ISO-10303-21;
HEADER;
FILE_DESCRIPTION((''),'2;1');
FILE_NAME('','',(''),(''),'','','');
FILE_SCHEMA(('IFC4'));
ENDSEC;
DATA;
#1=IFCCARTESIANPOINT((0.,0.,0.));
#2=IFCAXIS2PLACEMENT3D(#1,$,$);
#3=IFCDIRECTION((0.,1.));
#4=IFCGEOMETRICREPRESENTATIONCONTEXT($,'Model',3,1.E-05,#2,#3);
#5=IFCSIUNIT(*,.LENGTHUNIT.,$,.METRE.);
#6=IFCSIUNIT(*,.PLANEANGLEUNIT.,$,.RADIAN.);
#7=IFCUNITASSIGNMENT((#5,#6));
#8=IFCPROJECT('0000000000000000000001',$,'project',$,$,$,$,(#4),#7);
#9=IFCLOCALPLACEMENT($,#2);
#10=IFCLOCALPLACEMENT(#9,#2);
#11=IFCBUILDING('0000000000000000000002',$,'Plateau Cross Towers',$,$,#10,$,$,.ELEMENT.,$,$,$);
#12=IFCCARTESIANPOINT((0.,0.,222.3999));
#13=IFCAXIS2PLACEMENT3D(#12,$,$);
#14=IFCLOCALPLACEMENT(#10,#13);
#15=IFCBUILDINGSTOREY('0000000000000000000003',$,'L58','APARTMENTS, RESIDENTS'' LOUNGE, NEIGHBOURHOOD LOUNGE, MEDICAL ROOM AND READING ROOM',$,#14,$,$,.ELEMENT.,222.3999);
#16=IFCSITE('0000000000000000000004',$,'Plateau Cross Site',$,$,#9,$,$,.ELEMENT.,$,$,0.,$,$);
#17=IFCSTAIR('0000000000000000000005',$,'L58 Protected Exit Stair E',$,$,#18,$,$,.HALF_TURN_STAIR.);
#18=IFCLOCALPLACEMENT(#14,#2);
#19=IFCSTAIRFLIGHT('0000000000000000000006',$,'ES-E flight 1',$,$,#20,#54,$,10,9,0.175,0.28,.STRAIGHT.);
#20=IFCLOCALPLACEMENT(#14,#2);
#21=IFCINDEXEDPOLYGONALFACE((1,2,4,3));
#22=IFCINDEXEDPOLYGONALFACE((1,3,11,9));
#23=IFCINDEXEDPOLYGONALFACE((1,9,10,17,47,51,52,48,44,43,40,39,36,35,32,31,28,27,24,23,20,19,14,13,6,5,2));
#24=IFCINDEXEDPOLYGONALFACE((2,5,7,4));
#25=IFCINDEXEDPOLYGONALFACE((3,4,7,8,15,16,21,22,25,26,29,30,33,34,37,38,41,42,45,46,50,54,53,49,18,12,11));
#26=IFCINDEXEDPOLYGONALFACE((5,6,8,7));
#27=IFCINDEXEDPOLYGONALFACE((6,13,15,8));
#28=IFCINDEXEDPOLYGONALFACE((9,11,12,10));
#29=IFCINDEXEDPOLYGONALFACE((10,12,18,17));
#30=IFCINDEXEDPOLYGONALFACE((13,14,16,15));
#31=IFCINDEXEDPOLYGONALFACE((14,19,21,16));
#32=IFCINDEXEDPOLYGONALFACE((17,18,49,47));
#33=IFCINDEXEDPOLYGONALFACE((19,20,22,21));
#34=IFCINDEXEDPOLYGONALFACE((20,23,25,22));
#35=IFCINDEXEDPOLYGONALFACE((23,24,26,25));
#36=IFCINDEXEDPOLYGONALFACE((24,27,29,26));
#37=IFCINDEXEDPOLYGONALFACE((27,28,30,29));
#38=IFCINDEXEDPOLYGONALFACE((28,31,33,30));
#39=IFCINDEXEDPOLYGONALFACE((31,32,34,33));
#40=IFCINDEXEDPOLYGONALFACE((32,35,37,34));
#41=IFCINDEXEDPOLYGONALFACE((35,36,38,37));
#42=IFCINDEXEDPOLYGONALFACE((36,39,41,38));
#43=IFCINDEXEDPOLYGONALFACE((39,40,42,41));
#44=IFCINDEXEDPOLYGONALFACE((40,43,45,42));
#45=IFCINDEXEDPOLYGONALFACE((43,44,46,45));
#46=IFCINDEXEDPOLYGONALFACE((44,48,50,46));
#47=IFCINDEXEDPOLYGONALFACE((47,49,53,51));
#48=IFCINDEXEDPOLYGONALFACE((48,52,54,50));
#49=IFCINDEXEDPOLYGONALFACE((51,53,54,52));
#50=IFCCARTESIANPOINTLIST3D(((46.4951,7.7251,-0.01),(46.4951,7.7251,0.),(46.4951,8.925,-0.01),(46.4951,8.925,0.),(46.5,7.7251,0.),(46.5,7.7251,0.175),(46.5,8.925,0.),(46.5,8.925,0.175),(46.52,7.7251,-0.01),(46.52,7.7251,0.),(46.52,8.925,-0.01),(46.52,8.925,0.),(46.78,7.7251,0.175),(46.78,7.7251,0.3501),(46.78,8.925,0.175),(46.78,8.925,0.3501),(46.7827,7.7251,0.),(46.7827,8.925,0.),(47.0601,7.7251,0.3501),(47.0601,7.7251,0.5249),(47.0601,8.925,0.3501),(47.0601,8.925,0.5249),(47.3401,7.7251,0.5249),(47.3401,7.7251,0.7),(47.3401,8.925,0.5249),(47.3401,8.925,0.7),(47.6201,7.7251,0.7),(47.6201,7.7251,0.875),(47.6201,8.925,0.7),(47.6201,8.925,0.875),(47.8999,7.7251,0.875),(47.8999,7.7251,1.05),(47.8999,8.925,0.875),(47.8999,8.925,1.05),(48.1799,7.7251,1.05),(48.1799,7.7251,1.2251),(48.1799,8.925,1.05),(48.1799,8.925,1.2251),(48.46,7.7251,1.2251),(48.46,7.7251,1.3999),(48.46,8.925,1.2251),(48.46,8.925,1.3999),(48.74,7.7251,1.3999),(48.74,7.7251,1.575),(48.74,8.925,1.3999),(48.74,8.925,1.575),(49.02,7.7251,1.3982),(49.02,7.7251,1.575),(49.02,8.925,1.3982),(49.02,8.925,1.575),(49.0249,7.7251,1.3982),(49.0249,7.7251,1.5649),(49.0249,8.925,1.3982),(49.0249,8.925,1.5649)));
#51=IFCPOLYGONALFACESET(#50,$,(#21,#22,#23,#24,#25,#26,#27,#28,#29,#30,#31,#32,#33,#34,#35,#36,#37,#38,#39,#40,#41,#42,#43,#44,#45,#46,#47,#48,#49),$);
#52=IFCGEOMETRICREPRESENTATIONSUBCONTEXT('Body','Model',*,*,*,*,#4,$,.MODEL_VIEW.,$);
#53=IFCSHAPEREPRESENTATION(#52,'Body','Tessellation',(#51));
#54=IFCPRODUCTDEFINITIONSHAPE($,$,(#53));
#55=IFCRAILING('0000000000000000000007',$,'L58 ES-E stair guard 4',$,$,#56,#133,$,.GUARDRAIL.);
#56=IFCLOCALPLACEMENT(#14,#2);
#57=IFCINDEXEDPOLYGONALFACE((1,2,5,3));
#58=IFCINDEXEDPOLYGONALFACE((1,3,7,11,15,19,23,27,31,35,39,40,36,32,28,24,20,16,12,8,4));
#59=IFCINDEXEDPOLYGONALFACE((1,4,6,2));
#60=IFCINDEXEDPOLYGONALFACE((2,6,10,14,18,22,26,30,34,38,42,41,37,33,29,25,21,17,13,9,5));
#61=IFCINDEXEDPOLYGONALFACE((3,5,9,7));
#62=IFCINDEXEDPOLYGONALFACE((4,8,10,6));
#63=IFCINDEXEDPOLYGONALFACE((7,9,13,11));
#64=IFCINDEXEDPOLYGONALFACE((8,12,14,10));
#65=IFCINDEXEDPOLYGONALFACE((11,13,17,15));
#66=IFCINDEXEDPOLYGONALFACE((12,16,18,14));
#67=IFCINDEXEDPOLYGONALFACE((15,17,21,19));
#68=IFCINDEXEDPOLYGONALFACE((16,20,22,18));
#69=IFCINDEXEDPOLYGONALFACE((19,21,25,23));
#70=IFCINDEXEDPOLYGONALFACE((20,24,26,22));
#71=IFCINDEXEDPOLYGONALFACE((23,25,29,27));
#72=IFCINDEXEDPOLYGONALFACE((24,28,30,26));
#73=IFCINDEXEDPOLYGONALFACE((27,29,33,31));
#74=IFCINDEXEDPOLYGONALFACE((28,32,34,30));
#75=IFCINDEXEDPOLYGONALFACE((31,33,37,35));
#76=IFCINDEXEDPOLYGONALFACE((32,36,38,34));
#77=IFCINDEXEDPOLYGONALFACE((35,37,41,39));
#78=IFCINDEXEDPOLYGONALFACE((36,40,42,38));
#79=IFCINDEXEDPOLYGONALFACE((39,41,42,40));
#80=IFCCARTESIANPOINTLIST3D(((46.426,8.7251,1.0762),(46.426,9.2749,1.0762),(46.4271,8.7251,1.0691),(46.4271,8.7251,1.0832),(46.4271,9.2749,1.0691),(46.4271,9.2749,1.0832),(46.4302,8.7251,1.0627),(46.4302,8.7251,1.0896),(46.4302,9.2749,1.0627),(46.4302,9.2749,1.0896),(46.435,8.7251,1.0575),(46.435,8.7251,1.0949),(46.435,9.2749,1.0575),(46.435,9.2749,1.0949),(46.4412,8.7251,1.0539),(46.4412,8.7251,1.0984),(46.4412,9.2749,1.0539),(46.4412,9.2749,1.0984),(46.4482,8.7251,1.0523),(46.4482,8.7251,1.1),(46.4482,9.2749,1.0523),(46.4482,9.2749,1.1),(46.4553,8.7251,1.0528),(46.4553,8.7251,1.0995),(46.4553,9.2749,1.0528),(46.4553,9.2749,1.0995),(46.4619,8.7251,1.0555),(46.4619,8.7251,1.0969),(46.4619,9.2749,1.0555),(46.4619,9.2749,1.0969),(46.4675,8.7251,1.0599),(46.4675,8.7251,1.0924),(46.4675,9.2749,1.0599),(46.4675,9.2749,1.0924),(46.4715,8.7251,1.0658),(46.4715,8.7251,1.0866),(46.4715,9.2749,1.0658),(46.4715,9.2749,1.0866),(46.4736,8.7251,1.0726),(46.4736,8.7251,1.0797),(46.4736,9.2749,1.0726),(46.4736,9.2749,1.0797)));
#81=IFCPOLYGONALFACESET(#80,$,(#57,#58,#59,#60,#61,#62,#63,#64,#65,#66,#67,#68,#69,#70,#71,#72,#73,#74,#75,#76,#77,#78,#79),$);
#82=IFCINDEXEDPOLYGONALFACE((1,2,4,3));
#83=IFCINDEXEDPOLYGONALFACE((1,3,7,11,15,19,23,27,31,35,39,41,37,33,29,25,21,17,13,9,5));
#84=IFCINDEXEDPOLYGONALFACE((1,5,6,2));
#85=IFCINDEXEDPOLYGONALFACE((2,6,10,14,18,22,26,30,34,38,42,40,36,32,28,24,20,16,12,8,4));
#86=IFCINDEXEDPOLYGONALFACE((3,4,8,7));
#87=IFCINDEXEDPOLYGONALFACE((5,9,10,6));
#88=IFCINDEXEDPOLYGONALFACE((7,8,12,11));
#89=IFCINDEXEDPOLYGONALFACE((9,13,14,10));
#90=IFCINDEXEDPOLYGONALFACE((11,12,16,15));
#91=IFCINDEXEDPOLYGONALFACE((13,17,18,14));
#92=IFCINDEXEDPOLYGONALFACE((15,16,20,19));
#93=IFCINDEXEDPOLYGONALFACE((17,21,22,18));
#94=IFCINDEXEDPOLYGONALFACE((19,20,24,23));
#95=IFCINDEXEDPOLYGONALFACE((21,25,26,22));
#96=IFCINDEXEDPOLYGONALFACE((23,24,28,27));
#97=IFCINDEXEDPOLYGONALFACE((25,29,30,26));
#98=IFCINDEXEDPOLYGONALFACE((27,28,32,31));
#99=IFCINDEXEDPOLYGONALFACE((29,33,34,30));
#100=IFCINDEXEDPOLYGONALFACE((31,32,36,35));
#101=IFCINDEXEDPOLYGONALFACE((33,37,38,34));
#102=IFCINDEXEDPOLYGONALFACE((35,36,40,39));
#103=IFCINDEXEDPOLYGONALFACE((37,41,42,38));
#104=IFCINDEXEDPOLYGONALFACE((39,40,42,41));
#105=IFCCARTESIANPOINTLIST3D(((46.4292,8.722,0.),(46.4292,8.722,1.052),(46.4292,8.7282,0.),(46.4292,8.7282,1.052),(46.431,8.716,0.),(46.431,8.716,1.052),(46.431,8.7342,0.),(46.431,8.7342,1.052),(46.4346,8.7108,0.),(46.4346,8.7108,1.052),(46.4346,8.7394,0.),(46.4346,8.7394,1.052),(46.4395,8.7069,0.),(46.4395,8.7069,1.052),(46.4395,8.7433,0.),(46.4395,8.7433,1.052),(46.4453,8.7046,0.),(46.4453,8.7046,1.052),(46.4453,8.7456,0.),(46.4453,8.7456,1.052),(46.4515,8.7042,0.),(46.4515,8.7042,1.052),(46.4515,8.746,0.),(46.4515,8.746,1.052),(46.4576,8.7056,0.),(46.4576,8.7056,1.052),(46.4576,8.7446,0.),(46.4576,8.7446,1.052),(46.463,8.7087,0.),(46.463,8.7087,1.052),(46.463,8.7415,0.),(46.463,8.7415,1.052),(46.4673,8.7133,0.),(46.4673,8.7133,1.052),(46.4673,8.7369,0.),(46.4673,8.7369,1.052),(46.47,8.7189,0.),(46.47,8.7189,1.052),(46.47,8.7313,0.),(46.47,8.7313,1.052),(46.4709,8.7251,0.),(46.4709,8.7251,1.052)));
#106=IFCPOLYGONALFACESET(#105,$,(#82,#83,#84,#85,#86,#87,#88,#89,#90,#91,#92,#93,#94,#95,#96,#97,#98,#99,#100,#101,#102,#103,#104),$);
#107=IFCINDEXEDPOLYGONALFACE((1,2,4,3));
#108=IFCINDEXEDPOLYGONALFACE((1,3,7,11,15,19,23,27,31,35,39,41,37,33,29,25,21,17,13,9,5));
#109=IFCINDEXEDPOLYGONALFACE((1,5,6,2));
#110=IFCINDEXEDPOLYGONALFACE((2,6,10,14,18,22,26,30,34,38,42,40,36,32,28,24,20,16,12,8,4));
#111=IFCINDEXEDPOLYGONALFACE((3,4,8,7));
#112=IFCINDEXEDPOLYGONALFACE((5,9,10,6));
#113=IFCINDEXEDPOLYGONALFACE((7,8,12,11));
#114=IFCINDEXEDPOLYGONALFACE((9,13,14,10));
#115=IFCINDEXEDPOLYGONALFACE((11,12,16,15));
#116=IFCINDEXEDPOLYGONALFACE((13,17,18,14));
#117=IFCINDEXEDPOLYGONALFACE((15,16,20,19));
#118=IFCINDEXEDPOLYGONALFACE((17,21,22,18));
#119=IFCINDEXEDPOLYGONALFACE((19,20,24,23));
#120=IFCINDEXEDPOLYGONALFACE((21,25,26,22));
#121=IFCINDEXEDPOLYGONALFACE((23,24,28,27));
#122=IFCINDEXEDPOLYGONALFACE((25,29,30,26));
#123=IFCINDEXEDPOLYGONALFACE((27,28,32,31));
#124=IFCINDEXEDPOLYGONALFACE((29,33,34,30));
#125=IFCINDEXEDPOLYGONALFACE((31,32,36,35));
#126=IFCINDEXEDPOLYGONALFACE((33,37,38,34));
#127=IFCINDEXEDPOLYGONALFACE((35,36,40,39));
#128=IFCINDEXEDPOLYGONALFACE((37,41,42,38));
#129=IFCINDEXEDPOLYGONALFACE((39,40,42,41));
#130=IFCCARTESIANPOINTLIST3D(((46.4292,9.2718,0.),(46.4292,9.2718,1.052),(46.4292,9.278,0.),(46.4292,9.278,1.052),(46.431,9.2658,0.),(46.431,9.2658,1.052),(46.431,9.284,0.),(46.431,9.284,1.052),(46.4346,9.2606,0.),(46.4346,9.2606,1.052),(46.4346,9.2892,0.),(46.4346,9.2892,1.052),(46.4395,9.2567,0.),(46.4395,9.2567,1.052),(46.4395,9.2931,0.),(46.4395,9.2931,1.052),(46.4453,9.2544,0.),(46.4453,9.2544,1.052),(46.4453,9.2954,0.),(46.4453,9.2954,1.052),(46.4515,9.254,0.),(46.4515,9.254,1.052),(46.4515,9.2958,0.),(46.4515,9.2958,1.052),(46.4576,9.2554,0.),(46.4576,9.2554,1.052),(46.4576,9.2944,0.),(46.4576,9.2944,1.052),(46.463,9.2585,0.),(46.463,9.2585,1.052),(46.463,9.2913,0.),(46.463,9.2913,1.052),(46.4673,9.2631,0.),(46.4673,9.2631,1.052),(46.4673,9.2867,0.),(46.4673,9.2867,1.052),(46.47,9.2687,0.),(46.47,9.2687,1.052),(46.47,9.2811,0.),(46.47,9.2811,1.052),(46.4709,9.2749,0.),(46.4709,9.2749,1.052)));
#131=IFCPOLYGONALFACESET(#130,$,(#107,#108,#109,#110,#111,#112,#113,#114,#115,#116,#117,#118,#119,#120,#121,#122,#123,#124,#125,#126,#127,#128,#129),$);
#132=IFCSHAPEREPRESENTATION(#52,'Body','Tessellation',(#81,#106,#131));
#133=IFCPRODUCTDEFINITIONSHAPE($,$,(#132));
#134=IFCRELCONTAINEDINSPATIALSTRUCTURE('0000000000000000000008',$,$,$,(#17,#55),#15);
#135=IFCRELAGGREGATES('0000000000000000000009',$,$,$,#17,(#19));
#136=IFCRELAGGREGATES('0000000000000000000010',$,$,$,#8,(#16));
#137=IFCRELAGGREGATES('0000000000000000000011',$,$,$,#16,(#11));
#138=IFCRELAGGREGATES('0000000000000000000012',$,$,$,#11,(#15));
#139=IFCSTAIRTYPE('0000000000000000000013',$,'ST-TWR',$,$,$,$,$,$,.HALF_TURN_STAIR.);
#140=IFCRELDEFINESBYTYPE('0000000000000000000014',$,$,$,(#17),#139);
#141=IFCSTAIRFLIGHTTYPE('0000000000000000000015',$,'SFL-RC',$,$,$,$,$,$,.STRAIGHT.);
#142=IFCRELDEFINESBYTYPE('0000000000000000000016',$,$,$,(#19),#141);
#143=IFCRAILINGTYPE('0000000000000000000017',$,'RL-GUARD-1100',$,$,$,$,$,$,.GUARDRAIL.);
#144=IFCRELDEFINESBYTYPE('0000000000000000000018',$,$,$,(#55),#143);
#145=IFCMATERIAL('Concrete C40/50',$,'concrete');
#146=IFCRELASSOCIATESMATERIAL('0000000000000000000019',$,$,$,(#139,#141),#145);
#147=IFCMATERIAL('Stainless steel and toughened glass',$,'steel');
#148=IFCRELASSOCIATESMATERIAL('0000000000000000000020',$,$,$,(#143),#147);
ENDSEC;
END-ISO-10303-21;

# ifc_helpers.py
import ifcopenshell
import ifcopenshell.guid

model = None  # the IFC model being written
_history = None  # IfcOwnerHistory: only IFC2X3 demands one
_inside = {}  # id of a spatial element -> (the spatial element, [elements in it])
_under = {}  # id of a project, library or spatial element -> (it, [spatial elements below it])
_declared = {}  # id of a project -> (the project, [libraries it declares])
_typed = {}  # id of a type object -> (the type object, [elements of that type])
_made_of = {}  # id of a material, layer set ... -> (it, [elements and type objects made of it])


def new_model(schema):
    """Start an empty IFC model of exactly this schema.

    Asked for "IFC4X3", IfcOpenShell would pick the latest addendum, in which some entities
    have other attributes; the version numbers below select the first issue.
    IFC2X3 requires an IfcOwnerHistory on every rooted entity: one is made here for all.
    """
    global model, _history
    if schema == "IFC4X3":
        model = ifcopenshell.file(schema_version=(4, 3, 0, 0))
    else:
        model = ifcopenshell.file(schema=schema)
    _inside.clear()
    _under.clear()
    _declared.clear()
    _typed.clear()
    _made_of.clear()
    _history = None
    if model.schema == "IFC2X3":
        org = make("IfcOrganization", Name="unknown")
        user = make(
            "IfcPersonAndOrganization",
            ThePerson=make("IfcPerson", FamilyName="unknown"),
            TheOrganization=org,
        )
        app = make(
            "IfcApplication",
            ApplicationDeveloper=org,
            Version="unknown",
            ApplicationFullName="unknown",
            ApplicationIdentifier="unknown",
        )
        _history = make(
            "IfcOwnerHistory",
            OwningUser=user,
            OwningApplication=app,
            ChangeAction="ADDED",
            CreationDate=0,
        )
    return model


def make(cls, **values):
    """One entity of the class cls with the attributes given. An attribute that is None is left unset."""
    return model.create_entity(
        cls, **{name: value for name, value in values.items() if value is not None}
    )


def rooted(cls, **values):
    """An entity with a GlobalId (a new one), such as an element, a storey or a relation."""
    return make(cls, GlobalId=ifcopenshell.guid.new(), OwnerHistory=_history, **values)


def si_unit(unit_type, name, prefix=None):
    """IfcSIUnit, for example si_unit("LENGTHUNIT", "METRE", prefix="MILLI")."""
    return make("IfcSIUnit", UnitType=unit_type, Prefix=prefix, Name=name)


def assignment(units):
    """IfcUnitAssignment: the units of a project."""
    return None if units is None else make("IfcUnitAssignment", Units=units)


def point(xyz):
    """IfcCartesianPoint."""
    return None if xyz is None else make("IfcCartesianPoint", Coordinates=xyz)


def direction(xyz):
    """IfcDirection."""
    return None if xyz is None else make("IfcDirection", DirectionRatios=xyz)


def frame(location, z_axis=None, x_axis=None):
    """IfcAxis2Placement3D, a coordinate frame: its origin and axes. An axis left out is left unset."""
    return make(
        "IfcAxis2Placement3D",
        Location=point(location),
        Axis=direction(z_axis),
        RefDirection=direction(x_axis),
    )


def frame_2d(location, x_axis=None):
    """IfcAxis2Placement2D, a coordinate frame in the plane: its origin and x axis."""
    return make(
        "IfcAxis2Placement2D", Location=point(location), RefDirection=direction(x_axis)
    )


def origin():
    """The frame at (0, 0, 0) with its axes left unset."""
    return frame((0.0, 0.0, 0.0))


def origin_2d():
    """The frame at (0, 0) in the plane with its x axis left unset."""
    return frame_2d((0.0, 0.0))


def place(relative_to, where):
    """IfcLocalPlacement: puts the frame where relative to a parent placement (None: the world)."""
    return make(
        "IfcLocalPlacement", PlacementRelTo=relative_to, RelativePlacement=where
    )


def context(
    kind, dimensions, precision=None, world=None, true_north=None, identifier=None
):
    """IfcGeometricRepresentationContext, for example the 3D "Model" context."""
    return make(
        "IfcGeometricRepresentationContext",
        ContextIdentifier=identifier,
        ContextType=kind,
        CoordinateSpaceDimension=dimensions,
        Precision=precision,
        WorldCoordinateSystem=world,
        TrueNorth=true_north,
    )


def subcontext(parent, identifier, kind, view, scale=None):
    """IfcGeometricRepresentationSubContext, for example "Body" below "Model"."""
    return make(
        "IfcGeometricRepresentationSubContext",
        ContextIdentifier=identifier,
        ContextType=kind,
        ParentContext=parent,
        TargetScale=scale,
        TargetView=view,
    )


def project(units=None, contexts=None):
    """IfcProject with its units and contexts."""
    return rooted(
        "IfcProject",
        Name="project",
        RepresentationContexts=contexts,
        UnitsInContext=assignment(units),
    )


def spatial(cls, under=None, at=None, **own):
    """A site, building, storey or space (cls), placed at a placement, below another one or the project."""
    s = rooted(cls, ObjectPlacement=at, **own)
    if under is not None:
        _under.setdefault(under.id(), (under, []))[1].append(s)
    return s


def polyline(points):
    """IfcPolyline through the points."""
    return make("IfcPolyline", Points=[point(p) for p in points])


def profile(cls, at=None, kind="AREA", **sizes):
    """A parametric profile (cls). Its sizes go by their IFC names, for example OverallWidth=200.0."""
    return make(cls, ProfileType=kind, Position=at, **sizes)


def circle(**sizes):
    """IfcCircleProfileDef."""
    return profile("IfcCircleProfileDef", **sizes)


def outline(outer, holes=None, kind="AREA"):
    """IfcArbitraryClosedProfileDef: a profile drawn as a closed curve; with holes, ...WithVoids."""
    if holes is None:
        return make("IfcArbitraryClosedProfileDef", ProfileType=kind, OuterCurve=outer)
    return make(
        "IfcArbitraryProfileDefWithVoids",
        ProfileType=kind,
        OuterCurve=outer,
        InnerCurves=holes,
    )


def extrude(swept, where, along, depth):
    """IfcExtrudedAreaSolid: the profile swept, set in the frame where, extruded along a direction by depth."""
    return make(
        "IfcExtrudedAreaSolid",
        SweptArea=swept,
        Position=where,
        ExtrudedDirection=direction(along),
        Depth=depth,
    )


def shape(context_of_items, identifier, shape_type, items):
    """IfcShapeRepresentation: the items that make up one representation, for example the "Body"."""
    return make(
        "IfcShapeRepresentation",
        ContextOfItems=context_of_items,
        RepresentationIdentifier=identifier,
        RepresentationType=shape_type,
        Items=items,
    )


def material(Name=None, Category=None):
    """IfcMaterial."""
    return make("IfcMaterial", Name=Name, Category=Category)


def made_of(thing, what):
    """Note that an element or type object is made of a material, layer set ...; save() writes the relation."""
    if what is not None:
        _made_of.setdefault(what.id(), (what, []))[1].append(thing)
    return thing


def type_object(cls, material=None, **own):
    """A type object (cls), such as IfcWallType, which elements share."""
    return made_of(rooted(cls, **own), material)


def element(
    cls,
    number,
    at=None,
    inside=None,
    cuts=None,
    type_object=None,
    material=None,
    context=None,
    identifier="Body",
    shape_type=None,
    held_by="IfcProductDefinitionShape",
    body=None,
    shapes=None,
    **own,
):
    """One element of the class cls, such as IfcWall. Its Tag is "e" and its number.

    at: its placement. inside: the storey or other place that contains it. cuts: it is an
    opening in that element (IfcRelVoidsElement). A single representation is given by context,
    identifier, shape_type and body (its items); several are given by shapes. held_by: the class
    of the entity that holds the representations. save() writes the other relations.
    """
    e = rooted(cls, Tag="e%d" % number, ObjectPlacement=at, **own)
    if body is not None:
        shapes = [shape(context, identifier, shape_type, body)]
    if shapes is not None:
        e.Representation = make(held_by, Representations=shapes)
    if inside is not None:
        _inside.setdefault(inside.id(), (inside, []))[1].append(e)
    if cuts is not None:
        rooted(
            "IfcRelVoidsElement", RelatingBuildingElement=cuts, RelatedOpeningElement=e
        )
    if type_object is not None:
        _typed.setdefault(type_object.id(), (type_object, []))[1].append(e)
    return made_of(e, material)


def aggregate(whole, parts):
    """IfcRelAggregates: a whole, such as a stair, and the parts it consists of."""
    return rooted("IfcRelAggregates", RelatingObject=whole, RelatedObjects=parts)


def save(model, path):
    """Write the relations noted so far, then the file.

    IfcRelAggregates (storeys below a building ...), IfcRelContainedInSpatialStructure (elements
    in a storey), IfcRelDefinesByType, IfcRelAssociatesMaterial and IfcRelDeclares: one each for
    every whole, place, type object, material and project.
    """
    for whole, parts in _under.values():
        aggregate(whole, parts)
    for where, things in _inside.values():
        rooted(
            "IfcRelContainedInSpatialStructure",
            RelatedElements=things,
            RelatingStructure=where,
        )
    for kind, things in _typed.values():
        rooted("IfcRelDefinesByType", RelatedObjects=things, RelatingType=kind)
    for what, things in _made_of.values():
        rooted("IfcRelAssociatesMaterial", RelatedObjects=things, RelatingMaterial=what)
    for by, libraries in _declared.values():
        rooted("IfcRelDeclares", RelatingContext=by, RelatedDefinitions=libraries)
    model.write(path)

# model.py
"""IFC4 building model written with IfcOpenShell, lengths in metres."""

from ifc_helpers import new_model, si_unit, direction, frame, origin, origin_2d, place, context, subcontext, project, spatial, polyline, circle, outline, extrude, material, type_object, element, aggregate, save


model = new_model("IFC4")

# Units and contexts
model_context = context("Model", 3, precision=1e-05, world=origin(), true_north=direction((0.0, 1.0)))
body_context = subcontext(model_context, "Body", "Model", "MODEL_VIEW")
ifc_project = project(units=[si_unit("LENGTHUNIT", "METRE"), si_unit("PLANEANGLEUNIT", "RADIAN")], contexts=[model_context])

# Site, building, storey
site_placement = place(None, origin())
site = spatial("IfcSite", under=ifc_project, at=site_placement, Name="Plateau Cross Site", CompositionType="ELEMENT", RefElevation=0.0)
building_placement = place(site_placement, origin())
building = spatial("IfcBuilding", under=site, at=building_placement, Name="Plateau Cross Towers", CompositionType="ELEMENT")
storey_placement = place(building_placement, frame((0.0, 0.0, 222.3999)))
storey = spatial("IfcBuildingStorey", under=building, at=storey_placement, Name="L58", Description="APARTMENTS, RESIDENTS' LOUNGE, NEIGHBOURHOOD LOUNGE, MEDICAL ROOM AND READING ROOM", CompositionType="ELEMENT", Elevation=222.3999)

# Stair, stair flight
ifc_material_1 = material(Name="Concrete C40/50", Category="concrete")
stair_type = type_object("IfcStairType", Name="ST-TWR", PredefinedType="HALF_TURN_STAIR", material=ifc_material_1)
stair_placement = place(storey_placement, origin())
stair = element("IfcStair", 1, at=stair_placement, inside=storey, type_object=stair_type, Name="L58 Protected Exit Stair E", PredefinedType="HALF_TURN_STAIR")
stair_flight_type = type_object("IfcStairFlightType", Name="SFL-RC", PredefinedType="STRAIGHT", material=ifc_material_1)
stair_flight_placement = place(storey_placement, frame((46.5, 8.325, 0.0), z_axis=(0.0, 0.0, 1.0), x_axis=(1.0, 0.0, 0.0)))
stair_flight = element("IfcStairFlight", 2, at=stair_flight_placement, type_object=stair_flight_type, Name="ES-E flight 1", NumberOfRisers=10, NumberOfTreads=9, PredefinedType="STRAIGHT", RiserHeight=0.175, TreadLength=0.28, context=body_context, shape_type="SweptSolid", body=[
    extrude(outline(polyline([(-0.0049, -0.01), (-0.0049, 0.0), (0.0, 0.0), (0.0, 0.175), (0.28, 0.175), (0.28, 0.3501), (0.5601, 0.3501), (0.5601, 0.5249), (0.8401, 0.5249), (0.8401, 0.7), (1.1201, 0.7), (1.1201, 0.875), (1.3999, 0.875), (1.3999, 1.05), (1.6799, 1.05), (1.6799, 1.2251), (1.96, 1.2251), (1.96, 1.3999), (2.24, 1.3999), (2.24, 1.575), (2.52, 1.575), (2.5249, 1.5649), (2.5249, 1.3982), (2.52, 1.3982), (0.2827, 0.0), (0.02, 0.0), (0.02, -0.01), (-0.0049, -0.01)])), frame((0.0, 0.6001, 0.0), z_axis=(0.0, -1.0, 0.0), x_axis=(1.0, 0.0, 0.0)), (0.0, 0.0, 1.0), 1.2),
])
aggregate(stair, [stair_flight])

# Railing
ifc_material_2 = material(Name="Stainless steel and toughened glass", Category="steel")
railing_type_1 = type_object("IfcRailingType", Name="RL-GUARD-1100", PredefinedType="GUARDRAIL", material=ifc_material_2)
railing_1_placement = place(storey_placement, frame((46.45, 8.7251, 0.0)))
element("IfcRailing", 3, at=railing_1_placement, inside=storey, type_object=railing_type_1, Name="L58 ES-E stair guard 4", PredefinedType="GUARDRAIL", context=body_context, shape_type="SweptSolid", body=[
    extrude(circle(Radius=0.0239, at=origin_2d()), frame((0.0, 0.0, 1.0762), z_axis=(0.0, 1.0, 0.0), x_axis=(-1.0, 0.0, 0.0)), (0.0, 0.0, 1.0), 0.5498),
    extrude(circle(Radius=0.021, at=origin_2d()), origin(), (0.0, 0.0, 1.0), 1.052),
    extrude(circle(Radius=0.021, at=origin_2d()), frame((0.0, 0.5498, 0.0)), (0.0, 0.0, 1.0), 1.052),
])

save(model, "model.ifc")
